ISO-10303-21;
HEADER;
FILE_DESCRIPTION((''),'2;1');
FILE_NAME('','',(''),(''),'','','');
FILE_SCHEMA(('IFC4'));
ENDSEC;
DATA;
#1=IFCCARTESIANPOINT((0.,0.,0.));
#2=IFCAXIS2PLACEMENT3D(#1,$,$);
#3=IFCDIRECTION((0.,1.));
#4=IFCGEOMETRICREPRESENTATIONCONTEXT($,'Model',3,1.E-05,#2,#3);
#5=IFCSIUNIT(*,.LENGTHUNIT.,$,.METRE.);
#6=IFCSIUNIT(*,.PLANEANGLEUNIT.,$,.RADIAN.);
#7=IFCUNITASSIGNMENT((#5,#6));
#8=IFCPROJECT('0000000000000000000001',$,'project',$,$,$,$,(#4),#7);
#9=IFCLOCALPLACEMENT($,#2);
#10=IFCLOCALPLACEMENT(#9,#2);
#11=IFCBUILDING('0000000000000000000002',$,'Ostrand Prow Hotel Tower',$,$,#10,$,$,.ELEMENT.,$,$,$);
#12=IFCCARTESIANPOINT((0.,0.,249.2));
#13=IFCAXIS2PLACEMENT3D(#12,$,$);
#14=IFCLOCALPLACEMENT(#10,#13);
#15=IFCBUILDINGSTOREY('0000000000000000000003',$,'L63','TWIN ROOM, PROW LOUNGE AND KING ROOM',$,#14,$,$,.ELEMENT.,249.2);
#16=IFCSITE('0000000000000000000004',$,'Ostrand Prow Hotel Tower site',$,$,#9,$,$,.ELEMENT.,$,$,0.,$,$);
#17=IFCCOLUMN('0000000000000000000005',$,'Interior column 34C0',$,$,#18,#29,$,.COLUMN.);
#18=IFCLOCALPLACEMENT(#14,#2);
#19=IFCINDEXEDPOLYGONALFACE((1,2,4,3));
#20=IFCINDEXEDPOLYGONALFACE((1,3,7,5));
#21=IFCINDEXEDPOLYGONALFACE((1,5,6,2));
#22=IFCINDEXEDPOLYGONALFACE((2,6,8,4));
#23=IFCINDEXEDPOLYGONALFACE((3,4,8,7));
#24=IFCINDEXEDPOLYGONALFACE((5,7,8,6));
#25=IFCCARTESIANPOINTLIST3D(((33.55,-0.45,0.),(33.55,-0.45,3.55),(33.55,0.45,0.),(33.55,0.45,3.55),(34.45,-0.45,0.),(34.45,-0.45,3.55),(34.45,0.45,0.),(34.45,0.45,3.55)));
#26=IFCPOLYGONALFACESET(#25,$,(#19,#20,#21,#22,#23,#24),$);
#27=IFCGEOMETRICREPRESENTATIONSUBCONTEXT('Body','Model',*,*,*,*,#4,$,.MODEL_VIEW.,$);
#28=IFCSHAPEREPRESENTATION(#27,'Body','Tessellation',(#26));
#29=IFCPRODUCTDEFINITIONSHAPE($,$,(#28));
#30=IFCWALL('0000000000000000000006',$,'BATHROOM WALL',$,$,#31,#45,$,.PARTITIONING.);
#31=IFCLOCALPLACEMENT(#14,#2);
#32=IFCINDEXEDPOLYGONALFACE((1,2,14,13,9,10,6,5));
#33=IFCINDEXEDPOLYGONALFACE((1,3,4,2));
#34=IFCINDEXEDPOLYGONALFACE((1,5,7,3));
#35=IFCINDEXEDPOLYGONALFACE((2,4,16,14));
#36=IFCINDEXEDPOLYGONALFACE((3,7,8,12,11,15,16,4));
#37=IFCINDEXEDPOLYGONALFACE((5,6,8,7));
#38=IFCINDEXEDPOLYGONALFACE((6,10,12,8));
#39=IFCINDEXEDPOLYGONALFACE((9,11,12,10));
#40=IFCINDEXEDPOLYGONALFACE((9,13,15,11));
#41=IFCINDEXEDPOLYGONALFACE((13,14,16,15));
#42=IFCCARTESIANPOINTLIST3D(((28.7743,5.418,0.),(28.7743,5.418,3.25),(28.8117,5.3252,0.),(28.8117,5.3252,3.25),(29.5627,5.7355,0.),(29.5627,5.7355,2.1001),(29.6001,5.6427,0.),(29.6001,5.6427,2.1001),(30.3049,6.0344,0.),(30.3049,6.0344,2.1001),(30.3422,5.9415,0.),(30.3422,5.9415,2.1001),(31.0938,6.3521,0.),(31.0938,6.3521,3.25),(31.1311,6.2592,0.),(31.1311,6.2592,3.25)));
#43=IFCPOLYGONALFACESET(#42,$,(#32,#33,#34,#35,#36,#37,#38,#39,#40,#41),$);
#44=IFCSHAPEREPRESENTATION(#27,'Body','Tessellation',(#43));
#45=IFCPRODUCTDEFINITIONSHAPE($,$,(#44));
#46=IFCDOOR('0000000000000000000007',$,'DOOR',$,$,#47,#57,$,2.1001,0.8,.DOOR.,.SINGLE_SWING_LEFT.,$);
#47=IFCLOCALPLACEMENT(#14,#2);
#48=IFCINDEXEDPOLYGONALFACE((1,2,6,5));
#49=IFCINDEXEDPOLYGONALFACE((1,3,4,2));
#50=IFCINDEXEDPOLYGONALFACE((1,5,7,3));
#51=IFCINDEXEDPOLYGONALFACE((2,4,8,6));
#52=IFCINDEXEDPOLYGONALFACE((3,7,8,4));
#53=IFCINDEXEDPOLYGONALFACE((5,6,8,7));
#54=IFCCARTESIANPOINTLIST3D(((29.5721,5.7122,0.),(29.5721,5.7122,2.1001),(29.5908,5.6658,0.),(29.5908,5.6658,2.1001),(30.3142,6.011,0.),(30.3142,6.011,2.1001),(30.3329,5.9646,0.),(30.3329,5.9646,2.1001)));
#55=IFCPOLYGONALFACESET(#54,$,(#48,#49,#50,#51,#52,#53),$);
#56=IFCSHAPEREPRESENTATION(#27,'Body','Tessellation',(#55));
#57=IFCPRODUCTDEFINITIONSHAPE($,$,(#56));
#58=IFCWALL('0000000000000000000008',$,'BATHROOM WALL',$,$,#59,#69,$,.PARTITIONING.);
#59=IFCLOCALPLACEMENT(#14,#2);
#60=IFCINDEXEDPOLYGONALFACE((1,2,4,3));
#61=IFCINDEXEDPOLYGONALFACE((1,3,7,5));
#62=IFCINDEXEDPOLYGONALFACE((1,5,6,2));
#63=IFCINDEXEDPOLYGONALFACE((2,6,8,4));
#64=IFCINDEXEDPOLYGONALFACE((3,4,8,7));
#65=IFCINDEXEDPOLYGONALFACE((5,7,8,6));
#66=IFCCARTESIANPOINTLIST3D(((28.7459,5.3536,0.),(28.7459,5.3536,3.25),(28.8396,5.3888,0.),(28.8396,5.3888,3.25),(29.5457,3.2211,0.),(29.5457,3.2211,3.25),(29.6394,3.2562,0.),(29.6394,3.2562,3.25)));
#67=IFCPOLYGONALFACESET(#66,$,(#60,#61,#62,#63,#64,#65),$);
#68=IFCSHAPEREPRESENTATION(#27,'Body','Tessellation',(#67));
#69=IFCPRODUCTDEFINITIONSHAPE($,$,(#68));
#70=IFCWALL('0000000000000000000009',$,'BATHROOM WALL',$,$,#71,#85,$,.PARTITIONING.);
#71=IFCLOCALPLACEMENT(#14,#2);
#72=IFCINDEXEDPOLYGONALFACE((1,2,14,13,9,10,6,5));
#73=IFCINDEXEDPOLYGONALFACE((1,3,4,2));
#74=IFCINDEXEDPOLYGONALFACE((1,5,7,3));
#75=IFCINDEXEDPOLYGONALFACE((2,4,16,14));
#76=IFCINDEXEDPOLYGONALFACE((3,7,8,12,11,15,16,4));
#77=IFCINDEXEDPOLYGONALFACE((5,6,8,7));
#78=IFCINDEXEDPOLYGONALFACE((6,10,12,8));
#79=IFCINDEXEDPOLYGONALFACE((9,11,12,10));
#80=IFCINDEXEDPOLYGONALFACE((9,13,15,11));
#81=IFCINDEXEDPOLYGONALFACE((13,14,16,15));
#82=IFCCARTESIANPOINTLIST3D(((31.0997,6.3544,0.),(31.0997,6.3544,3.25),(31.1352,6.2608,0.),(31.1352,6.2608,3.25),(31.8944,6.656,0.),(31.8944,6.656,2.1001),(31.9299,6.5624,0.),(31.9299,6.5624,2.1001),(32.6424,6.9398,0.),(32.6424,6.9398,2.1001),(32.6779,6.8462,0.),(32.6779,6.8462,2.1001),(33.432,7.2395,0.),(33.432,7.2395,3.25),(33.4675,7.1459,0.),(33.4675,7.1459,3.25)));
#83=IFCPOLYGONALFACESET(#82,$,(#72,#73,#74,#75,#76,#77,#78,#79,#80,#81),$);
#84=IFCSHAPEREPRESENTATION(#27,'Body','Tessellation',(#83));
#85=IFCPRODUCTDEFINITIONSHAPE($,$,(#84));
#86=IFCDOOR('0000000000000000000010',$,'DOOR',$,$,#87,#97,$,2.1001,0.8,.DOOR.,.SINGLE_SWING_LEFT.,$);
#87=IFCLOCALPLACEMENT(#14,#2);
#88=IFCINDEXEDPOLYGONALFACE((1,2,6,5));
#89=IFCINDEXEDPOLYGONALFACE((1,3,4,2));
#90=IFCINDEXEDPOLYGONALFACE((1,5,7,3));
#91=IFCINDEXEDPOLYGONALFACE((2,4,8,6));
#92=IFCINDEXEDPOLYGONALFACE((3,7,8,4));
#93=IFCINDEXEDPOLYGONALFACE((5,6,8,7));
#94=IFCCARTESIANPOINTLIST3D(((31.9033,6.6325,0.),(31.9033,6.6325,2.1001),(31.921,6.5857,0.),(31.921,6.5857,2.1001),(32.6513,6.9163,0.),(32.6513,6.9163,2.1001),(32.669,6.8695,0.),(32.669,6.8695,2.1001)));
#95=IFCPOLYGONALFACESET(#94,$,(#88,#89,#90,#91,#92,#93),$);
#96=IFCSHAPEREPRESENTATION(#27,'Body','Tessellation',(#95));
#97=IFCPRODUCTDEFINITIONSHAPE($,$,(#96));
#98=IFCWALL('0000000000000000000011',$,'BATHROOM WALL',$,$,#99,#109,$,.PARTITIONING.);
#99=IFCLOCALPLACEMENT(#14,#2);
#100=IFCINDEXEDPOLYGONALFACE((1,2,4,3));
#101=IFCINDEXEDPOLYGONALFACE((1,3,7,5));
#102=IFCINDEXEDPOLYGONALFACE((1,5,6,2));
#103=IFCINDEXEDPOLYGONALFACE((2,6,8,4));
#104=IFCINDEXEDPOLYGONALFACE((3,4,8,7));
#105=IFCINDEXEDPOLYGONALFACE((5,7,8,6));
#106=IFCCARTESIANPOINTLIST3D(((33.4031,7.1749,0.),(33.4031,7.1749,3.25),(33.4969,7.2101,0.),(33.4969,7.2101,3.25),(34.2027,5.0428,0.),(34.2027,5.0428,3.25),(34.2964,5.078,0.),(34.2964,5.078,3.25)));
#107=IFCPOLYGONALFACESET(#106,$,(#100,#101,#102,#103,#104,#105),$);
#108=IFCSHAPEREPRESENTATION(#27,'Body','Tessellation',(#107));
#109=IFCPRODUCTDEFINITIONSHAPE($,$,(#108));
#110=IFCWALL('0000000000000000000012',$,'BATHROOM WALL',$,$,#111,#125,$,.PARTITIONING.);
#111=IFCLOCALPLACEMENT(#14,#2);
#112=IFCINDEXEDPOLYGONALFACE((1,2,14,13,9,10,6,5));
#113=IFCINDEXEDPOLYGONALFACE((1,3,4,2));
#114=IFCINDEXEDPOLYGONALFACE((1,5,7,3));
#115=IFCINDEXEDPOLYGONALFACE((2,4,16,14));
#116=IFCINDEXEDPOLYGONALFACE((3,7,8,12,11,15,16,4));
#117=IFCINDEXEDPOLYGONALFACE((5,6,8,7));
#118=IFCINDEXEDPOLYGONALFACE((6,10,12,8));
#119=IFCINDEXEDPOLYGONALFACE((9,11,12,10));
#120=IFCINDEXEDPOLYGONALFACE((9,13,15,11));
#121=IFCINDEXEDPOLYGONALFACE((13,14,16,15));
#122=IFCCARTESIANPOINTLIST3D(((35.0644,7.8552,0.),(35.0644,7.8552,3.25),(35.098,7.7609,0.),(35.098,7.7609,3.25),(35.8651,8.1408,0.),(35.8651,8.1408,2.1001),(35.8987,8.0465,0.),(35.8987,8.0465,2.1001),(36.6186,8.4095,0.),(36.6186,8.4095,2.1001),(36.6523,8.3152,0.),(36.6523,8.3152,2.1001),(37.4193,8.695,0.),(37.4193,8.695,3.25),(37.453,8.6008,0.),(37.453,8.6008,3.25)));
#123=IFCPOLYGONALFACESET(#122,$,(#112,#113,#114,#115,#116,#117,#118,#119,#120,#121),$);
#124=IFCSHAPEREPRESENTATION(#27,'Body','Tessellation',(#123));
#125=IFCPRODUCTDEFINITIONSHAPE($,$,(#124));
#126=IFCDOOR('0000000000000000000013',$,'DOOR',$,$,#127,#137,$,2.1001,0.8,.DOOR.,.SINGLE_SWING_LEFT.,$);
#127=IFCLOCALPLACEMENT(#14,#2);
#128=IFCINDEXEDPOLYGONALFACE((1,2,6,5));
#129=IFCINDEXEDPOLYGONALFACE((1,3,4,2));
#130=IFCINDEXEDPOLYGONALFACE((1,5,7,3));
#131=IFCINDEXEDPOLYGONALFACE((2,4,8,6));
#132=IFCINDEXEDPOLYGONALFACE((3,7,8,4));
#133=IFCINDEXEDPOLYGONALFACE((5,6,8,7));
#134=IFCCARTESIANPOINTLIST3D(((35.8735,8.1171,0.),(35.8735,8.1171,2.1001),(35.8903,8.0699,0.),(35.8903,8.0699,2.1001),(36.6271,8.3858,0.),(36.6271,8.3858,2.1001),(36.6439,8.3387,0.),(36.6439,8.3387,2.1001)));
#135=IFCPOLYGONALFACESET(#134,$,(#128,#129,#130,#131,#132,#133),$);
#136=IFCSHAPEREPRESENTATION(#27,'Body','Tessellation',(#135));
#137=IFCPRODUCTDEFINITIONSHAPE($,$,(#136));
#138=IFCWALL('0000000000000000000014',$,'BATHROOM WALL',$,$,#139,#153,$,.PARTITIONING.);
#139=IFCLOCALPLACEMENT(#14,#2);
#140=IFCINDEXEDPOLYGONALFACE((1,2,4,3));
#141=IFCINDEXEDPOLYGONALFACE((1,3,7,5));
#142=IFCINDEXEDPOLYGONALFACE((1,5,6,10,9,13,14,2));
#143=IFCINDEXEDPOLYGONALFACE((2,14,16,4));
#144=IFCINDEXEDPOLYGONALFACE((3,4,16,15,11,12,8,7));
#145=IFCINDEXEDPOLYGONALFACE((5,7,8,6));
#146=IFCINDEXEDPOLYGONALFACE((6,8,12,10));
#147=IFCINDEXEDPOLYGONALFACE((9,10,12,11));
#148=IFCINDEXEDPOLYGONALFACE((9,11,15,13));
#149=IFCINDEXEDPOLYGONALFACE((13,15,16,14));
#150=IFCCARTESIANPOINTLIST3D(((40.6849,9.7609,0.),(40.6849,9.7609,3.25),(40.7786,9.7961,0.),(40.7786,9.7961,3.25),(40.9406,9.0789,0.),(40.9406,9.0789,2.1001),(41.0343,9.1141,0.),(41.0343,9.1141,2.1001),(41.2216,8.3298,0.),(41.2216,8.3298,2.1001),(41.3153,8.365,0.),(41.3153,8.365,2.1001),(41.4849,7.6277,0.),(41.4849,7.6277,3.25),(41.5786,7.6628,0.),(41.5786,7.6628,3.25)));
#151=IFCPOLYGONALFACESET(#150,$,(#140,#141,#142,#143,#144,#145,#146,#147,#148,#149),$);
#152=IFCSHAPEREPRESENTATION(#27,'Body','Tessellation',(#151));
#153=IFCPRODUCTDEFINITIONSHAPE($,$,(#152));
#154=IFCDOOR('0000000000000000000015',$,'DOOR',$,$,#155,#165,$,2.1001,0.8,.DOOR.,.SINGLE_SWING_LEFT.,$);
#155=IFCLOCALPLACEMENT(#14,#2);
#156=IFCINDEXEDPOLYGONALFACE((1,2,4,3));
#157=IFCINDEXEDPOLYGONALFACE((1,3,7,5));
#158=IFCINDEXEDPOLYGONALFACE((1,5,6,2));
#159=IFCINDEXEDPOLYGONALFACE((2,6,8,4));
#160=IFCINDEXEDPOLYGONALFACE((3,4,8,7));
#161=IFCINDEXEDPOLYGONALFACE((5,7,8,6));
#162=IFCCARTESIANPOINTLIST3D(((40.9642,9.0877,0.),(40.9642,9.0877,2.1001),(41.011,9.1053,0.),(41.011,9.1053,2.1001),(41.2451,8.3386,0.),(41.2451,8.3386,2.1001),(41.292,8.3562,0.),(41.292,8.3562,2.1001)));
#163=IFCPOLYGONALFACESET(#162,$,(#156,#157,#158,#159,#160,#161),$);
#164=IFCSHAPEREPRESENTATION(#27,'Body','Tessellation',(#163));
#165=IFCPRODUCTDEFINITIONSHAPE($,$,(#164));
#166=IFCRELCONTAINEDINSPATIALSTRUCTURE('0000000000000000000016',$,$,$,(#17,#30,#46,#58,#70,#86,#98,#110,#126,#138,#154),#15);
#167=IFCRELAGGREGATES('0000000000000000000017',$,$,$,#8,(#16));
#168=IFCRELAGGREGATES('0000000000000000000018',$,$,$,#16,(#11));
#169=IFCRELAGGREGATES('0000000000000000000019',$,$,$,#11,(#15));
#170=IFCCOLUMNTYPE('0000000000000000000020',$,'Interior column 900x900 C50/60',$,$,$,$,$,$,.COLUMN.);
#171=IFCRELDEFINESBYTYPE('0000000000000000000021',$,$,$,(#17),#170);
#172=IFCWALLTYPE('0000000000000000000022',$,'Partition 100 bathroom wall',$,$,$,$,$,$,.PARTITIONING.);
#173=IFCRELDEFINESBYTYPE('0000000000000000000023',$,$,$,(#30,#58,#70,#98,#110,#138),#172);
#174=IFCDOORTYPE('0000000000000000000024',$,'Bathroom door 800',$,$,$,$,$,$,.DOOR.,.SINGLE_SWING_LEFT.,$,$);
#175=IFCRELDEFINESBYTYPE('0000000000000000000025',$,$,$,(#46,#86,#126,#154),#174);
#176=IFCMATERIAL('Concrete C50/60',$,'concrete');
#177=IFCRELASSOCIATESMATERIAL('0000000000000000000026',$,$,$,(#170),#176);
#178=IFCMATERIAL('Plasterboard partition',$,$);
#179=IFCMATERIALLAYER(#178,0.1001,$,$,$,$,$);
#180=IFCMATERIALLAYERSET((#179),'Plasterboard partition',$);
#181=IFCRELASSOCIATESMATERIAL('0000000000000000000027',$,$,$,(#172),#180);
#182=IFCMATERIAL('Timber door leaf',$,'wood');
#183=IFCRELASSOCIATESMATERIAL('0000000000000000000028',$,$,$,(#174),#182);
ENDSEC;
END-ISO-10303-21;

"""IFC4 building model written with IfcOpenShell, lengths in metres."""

from ifc_helpers import new_model, si_unit, direction, frame, frame_2d, origin, origin_2d, place, context, subcontext, project, spatial, rectangle, extrude, material, layer, layer_set, material_profile, profile_set, type_object, element, fill, save


model = new_model("IFC4")

# Units and contexts
model_context = context("Model", 3, precision=1e-05, world=origin(), true_north=direction((0.0, 1.0)))
body_context = subcontext(model_context, "Body", "Model", "MODEL_VIEW")
ifc_project = project(units=[si_unit("LENGTHUNIT", "METRE"), si_unit("PLANEANGLEUNIT", "RADIAN")], contexts=[model_context])

# Site, building, storey
site_placement = place(None, origin())
site = spatial("IfcSite", under=ifc_project, at=site_placement, Name="Ostrand Prow Hotel Tower site", CompositionType="ELEMENT", RefElevation=0.0)
building_placement = place(site_placement, origin())
building = spatial("IfcBuilding", under=site, at=building_placement, Name="Ostrand Prow Hotel Tower", CompositionType="ELEMENT")
storey_placement = place(building_placement, frame((0.0, 0.0, 249.2)))
storey = spatial("IfcBuildingStorey", under=building, at=storey_placement, Name="L63", Description="TWIN ROOM, PROW LOUNGE AND KING ROOM", CompositionType="ELEMENT", Elevation=249.2)

# Column
ifc_material_1 = material(Name="Concrete C50/60", Category="concrete")
ifc_material_profile = material_profile(ifc_material_1, rectangle(XDim=0.8999, YDim=0.8999, at=origin_2d()), Name="RC 900x900")
ifc_profile_set = profile_set([ifc_material_profile], Name="Concrete C50/60")
column_type = type_object("IfcColumnType", Name="Interior column 900x900 C50/60", PredefinedType="COLUMN", material=ifc_profile_set)
column_placement = place(storey_placement, frame((34.0, 0.0, 0.0), z_axis=(0.0, 0.0, 1.0), x_axis=(1.0, 0.0, 0.0)))
element("IfcColumn", 1, at=column_placement, inside=storey, type_object=column_type, Name="Interior column 34C0", PredefinedType="COLUMN", context=body_context, shape_type="SweptSolid", body=[
    extrude(rectangle(XDim=0.8999, YDim=0.8999, at=origin_2d()), origin(), (0.0, 0.0, 1.0), 3.55),
])

# Wall, opening, door
ifc_material_2 = material(Name="Plasterboard partition")
ifc_layer_1 = layer(ifc_material_2, 0.1001)
ifc_layer_set_1 = layer_set([ifc_layer_1], Name="Plasterboard partition")
wall_type_1 = type_object("IfcWallType", Name="Partition 100 bathroom wall", PredefinedType="PARTITIONING", material=ifc_layer_set_1)
wall_1_placement = place(storey_placement, frame((28.793, 5.3716, 0.0), z_axis=(0.0, 0.0, 1.0), x_axis=(0.927612, 0.373544, 0.0)))
wall_1 = element("IfcWall", 2, at=wall_1_placement, inside=storey, type_object=wall_type_1, Name="BATHROOM WALL", PredefinedType="PARTITIONING", context=body_context, shape_type="SweptSolid", body=[
    extrude(rectangle(XDim=2.5005, YDim=0.1001, at=frame_2d((1.2502, 0.0))), origin(), (0.0, 0.0, 1.0), 3.25),
])
opening_1_placement = place(wall_1_placement, frame((0.8501, 0.0, 0.0)))
opening_1 = element("IfcOpeningElement", 3, at=opening_1_placement, cuts=wall_1, PredefinedType="OPENING", context=body_context, shape_type="SweptSolid", body=[
    extrude(rectangle(XDim=0.8, YDim=2.1001, at=frame_2d((0.3999, 1.05))), frame((0.0, 0.0601, 0.0), z_axis=(0.0, -1.0, 0.0), x_axis=(1.0, 0.0, 0.0)), (0.0, 0.0, 1.0), 0.1201),
])
ifc_material_3 = material(Name="Timber door leaf", Category="wood")
door_type_1 = type_object("IfcDoorType", Name="Bathroom door 800", OperationType="SINGLE_SWING_LEFT", PredefinedType="DOOR", material=ifc_material_3)
door_1_placement = place(opening_1_placement, origin())
door_1 = element("IfcDoor", 4, at=door_1_placement, inside=storey, type_object=door_type_1, Name="DOOR", OperationType="SINGLE_SWING_LEFT", OverallHeight=2.1001, OverallWidth=0.8, PredefinedType="DOOR", context=body_context, shape_type="SweptSolid", body=[
    extrude(rectangle(XDim=0.8, YDim=2.1001, at=frame_2d((0.3999, 1.05))), frame((0.0, 0.0249, 0.0), z_axis=(0.0, -1.0, 0.0), x_axis=(1.0, 0.0, 0.0)), (0.0, 0.0, 1.0), 0.05),
])
fill(opening_1, door_1)

# Wall
wall_2_placement = place(storey_placement, frame((29.5925, 3.2388, 0.0), z_axis=(0.0, 0.0, 1.0), x_axis=(-0.351159, 0.936316, 0.0)))
element("IfcWall", 5, at=wall_2_placement, inside=storey, type_object=wall_type_1, Name="BATHROOM WALL", PredefinedType="PARTITIONING", context=body_context, shape_type="SweptSolid", body=[
    extrude(rectangle(XDim=2.2776, YDim=0.1001, at=frame_2d((1.1387, 0.0))), origin(), (0.0, 0.0, 1.0), 3.25),
])

# Wall, opening, door
wall_3_placement = place(storey_placement, frame((31.1174, 6.3076, 0.0), z_axis=(0.0, 0.0, 1.0), x_axis=(0.934951, 0.354778, 0.0)))
wall_3 = element("IfcWall", 6, at=wall_3_placement, inside=storey, type_object=wall_type_1, Name="BATHROOM WALL", PredefinedType="PARTITIONING", context=body_context, shape_type="SweptSolid", body=[
    extrude(rectangle(XDim=2.4946, YDim=0.1001, at=frame_2d((1.2473, 0.0))), origin(), (0.0, 0.0, 1.0), 3.25),
])
opening_2_placement = place(wall_3_placement, frame((0.8501, 0.0, 0.0)))
opening_2 = element("IfcOpeningElement", 7, at=opening_2_placement, cuts=wall_3, PredefinedType="OPENING", context=body_context, shape_type="SweptSolid", body=[
    extrude(rectangle(XDim=0.8, YDim=2.1001, at=frame_2d((0.3999, 1.05))), frame((0.0, 0.0601, 0.0), z_axis=(0.0, -1.0, 0.0), x_axis=(1.0, 0.0, 0.0)), (0.0, 0.0, 1.0), 0.1201),
])
door_2_placement = place(opening_2_placement, origin())
door_2 = element("IfcDoor", 8, at=door_2_placement, inside=storey, type_object=door_type_1, Name="DOOR", OperationType="SINGLE_SWING_LEFT", OverallHeight=2.1001, OverallWidth=0.8, PredefinedType="DOOR", context=body_context, shape_type="SweptSolid", body=[
    extrude(rectangle(XDim=0.8, YDim=2.1001, at=frame_2d((0.3999, 1.05))), frame((0.0, 0.0249, 0.0), z_axis=(0.0, -1.0, 0.0), x_axis=(1.0, 0.0, 0.0)), (0.0, 0.0, 1.0), 0.05),
])
fill(opening_2, door_2)

# Wall
wall_4_placement = place(storey_placement, frame((33.45, 7.1926, 0.0), z_axis=(0.0, 0.0, 1.0), x_axis=(0.351135, -0.936325, 0.0)))
element("IfcWall", 9, at=wall_4_placement, inside=storey, type_object=wall_type_1, Name="BATHROOM WALL", PredefinedType="PARTITIONING", context=body_context, shape_type="SweptSolid", body=[
    extrude(rectangle(XDim=2.2771, YDim=0.1001, at=frame_2d((1.1387, 0.0))), origin(), (0.0, 0.0, 1.0), 3.25),
])

# Walls, openings, doors
wall_5_placement = place(storey_placement, frame((35.0813, 7.8081, 0.0), z_axis=(0.0, 0.0, 1.0), x_axis=(0.941896, 0.335903, 0.0)))
wall_5 = element("IfcWall", 10, at=wall_5_placement, inside=storey, type_object=wall_type_1, Name="BATHROOM WALL", PredefinedType="PARTITIONING", context=body_context, shape_type="SweptSolid", body=[
    extrude(rectangle(XDim=2.5002, YDim=0.1001, at=frame_2d((1.25, 0.0))), origin(), (0.0, 0.0, 1.0), 3.25),
])
opening_3_placement = place(wall_5_placement, frame((0.8501, 0.0, 0.0)))
opening_3 = element("IfcOpeningElement", 11, at=opening_3_placement, cuts=wall_5, PredefinedType="OPENING", context=body_context, shape_type="SweptSolid", body=[
    extrude(rectangle(XDim=0.8, YDim=2.1001, at=frame_2d((0.3999, 1.05))), frame((0.0, 0.0601, 0.0), z_axis=(0.0, -1.0, 0.0), x_axis=(1.0, 0.0, 0.0)), (0.0, 0.0, 1.0), 0.1201),
])
door_3_placement = place(opening_3_placement, origin())
door_3 = element("IfcDoor", 12, at=door_3_placement, inside=storey, type_object=door_type_1, Name="DOOR", OperationType="SINGLE_SWING_LEFT", OverallHeight=2.1001, OverallWidth=0.8, PredefinedType="DOOR", context=body_context, shape_type="SweptSolid", body=[
    extrude(rectangle(XDim=0.8, YDim=2.1001, at=frame_2d((0.3999, 1.05))), frame((0.0, 0.0249, 0.0), z_axis=(0.0, -1.0, 0.0), x_axis=(1.0, 0.0, 0.0)), (0.0, 0.0, 1.0), 0.05),
])
fill(opening_3, door_3)
wall_6_placement = place(storey_placement, frame((41.5317, 7.6453, 0.0), z_axis=(0.0, 0.0, 1.0), x_axis=(-0.351147, 0.93632, 0.0)))
wall_6 = element("IfcWall", 13, at=wall_6_placement, inside=storey, type_object=wall_type_1, Name="BATHROOM WALL", PredefinedType="PARTITIONING", context=body_context, shape_type="SweptSolid", body=[
    extrude(rectangle(XDim=2.2783, YDim=0.1001, at=frame_2d((1.1392, 0.0))), origin(), (0.0, 0.0, 1.0), 3.25),
])
opening_4_placement = place(wall_6_placement, frame((0.75, 0.0, 0.0)))
opening_4 = element("IfcOpeningElement", 14, at=opening_4_placement, cuts=wall_6, PredefinedType="OPENING", context=body_context, shape_type="SweptSolid", body=[
    extrude(rectangle(XDim=0.8, YDim=2.1001, at=frame_2d((0.3999, 1.05))), frame((0.0, 0.0601, 0.0), z_axis=(0.0, -1.0, 0.0), x_axis=(1.0, 0.0, 0.0)), (0.0, 0.0, 1.0), 0.1201),
])
door_4_placement = place(opening_4_placement, origin())
door_4 = element("IfcDoor", 15, at=door_4_placement, inside=storey, type_object=door_type_1, Name="DOOR", OperationType="SINGLE_SWING_LEFT", OverallHeight=2.1001, OverallWidth=0.8, PredefinedType="DOOR", context=body_context, shape_type="SweptSolid", body=[
    extrude(rectangle(XDim=0.8, YDim=2.1001, at=frame_2d((0.3999, 1.05))), frame((0.0, 0.0249, 0.0), z_axis=(0.0, -1.0, 0.0), x_axis=(1.0, 0.0, 0.0)), (0.0, 0.0, 1.0), 0.05),
])
fill(opening_4, door_4)

save(model, "model.ifc")
